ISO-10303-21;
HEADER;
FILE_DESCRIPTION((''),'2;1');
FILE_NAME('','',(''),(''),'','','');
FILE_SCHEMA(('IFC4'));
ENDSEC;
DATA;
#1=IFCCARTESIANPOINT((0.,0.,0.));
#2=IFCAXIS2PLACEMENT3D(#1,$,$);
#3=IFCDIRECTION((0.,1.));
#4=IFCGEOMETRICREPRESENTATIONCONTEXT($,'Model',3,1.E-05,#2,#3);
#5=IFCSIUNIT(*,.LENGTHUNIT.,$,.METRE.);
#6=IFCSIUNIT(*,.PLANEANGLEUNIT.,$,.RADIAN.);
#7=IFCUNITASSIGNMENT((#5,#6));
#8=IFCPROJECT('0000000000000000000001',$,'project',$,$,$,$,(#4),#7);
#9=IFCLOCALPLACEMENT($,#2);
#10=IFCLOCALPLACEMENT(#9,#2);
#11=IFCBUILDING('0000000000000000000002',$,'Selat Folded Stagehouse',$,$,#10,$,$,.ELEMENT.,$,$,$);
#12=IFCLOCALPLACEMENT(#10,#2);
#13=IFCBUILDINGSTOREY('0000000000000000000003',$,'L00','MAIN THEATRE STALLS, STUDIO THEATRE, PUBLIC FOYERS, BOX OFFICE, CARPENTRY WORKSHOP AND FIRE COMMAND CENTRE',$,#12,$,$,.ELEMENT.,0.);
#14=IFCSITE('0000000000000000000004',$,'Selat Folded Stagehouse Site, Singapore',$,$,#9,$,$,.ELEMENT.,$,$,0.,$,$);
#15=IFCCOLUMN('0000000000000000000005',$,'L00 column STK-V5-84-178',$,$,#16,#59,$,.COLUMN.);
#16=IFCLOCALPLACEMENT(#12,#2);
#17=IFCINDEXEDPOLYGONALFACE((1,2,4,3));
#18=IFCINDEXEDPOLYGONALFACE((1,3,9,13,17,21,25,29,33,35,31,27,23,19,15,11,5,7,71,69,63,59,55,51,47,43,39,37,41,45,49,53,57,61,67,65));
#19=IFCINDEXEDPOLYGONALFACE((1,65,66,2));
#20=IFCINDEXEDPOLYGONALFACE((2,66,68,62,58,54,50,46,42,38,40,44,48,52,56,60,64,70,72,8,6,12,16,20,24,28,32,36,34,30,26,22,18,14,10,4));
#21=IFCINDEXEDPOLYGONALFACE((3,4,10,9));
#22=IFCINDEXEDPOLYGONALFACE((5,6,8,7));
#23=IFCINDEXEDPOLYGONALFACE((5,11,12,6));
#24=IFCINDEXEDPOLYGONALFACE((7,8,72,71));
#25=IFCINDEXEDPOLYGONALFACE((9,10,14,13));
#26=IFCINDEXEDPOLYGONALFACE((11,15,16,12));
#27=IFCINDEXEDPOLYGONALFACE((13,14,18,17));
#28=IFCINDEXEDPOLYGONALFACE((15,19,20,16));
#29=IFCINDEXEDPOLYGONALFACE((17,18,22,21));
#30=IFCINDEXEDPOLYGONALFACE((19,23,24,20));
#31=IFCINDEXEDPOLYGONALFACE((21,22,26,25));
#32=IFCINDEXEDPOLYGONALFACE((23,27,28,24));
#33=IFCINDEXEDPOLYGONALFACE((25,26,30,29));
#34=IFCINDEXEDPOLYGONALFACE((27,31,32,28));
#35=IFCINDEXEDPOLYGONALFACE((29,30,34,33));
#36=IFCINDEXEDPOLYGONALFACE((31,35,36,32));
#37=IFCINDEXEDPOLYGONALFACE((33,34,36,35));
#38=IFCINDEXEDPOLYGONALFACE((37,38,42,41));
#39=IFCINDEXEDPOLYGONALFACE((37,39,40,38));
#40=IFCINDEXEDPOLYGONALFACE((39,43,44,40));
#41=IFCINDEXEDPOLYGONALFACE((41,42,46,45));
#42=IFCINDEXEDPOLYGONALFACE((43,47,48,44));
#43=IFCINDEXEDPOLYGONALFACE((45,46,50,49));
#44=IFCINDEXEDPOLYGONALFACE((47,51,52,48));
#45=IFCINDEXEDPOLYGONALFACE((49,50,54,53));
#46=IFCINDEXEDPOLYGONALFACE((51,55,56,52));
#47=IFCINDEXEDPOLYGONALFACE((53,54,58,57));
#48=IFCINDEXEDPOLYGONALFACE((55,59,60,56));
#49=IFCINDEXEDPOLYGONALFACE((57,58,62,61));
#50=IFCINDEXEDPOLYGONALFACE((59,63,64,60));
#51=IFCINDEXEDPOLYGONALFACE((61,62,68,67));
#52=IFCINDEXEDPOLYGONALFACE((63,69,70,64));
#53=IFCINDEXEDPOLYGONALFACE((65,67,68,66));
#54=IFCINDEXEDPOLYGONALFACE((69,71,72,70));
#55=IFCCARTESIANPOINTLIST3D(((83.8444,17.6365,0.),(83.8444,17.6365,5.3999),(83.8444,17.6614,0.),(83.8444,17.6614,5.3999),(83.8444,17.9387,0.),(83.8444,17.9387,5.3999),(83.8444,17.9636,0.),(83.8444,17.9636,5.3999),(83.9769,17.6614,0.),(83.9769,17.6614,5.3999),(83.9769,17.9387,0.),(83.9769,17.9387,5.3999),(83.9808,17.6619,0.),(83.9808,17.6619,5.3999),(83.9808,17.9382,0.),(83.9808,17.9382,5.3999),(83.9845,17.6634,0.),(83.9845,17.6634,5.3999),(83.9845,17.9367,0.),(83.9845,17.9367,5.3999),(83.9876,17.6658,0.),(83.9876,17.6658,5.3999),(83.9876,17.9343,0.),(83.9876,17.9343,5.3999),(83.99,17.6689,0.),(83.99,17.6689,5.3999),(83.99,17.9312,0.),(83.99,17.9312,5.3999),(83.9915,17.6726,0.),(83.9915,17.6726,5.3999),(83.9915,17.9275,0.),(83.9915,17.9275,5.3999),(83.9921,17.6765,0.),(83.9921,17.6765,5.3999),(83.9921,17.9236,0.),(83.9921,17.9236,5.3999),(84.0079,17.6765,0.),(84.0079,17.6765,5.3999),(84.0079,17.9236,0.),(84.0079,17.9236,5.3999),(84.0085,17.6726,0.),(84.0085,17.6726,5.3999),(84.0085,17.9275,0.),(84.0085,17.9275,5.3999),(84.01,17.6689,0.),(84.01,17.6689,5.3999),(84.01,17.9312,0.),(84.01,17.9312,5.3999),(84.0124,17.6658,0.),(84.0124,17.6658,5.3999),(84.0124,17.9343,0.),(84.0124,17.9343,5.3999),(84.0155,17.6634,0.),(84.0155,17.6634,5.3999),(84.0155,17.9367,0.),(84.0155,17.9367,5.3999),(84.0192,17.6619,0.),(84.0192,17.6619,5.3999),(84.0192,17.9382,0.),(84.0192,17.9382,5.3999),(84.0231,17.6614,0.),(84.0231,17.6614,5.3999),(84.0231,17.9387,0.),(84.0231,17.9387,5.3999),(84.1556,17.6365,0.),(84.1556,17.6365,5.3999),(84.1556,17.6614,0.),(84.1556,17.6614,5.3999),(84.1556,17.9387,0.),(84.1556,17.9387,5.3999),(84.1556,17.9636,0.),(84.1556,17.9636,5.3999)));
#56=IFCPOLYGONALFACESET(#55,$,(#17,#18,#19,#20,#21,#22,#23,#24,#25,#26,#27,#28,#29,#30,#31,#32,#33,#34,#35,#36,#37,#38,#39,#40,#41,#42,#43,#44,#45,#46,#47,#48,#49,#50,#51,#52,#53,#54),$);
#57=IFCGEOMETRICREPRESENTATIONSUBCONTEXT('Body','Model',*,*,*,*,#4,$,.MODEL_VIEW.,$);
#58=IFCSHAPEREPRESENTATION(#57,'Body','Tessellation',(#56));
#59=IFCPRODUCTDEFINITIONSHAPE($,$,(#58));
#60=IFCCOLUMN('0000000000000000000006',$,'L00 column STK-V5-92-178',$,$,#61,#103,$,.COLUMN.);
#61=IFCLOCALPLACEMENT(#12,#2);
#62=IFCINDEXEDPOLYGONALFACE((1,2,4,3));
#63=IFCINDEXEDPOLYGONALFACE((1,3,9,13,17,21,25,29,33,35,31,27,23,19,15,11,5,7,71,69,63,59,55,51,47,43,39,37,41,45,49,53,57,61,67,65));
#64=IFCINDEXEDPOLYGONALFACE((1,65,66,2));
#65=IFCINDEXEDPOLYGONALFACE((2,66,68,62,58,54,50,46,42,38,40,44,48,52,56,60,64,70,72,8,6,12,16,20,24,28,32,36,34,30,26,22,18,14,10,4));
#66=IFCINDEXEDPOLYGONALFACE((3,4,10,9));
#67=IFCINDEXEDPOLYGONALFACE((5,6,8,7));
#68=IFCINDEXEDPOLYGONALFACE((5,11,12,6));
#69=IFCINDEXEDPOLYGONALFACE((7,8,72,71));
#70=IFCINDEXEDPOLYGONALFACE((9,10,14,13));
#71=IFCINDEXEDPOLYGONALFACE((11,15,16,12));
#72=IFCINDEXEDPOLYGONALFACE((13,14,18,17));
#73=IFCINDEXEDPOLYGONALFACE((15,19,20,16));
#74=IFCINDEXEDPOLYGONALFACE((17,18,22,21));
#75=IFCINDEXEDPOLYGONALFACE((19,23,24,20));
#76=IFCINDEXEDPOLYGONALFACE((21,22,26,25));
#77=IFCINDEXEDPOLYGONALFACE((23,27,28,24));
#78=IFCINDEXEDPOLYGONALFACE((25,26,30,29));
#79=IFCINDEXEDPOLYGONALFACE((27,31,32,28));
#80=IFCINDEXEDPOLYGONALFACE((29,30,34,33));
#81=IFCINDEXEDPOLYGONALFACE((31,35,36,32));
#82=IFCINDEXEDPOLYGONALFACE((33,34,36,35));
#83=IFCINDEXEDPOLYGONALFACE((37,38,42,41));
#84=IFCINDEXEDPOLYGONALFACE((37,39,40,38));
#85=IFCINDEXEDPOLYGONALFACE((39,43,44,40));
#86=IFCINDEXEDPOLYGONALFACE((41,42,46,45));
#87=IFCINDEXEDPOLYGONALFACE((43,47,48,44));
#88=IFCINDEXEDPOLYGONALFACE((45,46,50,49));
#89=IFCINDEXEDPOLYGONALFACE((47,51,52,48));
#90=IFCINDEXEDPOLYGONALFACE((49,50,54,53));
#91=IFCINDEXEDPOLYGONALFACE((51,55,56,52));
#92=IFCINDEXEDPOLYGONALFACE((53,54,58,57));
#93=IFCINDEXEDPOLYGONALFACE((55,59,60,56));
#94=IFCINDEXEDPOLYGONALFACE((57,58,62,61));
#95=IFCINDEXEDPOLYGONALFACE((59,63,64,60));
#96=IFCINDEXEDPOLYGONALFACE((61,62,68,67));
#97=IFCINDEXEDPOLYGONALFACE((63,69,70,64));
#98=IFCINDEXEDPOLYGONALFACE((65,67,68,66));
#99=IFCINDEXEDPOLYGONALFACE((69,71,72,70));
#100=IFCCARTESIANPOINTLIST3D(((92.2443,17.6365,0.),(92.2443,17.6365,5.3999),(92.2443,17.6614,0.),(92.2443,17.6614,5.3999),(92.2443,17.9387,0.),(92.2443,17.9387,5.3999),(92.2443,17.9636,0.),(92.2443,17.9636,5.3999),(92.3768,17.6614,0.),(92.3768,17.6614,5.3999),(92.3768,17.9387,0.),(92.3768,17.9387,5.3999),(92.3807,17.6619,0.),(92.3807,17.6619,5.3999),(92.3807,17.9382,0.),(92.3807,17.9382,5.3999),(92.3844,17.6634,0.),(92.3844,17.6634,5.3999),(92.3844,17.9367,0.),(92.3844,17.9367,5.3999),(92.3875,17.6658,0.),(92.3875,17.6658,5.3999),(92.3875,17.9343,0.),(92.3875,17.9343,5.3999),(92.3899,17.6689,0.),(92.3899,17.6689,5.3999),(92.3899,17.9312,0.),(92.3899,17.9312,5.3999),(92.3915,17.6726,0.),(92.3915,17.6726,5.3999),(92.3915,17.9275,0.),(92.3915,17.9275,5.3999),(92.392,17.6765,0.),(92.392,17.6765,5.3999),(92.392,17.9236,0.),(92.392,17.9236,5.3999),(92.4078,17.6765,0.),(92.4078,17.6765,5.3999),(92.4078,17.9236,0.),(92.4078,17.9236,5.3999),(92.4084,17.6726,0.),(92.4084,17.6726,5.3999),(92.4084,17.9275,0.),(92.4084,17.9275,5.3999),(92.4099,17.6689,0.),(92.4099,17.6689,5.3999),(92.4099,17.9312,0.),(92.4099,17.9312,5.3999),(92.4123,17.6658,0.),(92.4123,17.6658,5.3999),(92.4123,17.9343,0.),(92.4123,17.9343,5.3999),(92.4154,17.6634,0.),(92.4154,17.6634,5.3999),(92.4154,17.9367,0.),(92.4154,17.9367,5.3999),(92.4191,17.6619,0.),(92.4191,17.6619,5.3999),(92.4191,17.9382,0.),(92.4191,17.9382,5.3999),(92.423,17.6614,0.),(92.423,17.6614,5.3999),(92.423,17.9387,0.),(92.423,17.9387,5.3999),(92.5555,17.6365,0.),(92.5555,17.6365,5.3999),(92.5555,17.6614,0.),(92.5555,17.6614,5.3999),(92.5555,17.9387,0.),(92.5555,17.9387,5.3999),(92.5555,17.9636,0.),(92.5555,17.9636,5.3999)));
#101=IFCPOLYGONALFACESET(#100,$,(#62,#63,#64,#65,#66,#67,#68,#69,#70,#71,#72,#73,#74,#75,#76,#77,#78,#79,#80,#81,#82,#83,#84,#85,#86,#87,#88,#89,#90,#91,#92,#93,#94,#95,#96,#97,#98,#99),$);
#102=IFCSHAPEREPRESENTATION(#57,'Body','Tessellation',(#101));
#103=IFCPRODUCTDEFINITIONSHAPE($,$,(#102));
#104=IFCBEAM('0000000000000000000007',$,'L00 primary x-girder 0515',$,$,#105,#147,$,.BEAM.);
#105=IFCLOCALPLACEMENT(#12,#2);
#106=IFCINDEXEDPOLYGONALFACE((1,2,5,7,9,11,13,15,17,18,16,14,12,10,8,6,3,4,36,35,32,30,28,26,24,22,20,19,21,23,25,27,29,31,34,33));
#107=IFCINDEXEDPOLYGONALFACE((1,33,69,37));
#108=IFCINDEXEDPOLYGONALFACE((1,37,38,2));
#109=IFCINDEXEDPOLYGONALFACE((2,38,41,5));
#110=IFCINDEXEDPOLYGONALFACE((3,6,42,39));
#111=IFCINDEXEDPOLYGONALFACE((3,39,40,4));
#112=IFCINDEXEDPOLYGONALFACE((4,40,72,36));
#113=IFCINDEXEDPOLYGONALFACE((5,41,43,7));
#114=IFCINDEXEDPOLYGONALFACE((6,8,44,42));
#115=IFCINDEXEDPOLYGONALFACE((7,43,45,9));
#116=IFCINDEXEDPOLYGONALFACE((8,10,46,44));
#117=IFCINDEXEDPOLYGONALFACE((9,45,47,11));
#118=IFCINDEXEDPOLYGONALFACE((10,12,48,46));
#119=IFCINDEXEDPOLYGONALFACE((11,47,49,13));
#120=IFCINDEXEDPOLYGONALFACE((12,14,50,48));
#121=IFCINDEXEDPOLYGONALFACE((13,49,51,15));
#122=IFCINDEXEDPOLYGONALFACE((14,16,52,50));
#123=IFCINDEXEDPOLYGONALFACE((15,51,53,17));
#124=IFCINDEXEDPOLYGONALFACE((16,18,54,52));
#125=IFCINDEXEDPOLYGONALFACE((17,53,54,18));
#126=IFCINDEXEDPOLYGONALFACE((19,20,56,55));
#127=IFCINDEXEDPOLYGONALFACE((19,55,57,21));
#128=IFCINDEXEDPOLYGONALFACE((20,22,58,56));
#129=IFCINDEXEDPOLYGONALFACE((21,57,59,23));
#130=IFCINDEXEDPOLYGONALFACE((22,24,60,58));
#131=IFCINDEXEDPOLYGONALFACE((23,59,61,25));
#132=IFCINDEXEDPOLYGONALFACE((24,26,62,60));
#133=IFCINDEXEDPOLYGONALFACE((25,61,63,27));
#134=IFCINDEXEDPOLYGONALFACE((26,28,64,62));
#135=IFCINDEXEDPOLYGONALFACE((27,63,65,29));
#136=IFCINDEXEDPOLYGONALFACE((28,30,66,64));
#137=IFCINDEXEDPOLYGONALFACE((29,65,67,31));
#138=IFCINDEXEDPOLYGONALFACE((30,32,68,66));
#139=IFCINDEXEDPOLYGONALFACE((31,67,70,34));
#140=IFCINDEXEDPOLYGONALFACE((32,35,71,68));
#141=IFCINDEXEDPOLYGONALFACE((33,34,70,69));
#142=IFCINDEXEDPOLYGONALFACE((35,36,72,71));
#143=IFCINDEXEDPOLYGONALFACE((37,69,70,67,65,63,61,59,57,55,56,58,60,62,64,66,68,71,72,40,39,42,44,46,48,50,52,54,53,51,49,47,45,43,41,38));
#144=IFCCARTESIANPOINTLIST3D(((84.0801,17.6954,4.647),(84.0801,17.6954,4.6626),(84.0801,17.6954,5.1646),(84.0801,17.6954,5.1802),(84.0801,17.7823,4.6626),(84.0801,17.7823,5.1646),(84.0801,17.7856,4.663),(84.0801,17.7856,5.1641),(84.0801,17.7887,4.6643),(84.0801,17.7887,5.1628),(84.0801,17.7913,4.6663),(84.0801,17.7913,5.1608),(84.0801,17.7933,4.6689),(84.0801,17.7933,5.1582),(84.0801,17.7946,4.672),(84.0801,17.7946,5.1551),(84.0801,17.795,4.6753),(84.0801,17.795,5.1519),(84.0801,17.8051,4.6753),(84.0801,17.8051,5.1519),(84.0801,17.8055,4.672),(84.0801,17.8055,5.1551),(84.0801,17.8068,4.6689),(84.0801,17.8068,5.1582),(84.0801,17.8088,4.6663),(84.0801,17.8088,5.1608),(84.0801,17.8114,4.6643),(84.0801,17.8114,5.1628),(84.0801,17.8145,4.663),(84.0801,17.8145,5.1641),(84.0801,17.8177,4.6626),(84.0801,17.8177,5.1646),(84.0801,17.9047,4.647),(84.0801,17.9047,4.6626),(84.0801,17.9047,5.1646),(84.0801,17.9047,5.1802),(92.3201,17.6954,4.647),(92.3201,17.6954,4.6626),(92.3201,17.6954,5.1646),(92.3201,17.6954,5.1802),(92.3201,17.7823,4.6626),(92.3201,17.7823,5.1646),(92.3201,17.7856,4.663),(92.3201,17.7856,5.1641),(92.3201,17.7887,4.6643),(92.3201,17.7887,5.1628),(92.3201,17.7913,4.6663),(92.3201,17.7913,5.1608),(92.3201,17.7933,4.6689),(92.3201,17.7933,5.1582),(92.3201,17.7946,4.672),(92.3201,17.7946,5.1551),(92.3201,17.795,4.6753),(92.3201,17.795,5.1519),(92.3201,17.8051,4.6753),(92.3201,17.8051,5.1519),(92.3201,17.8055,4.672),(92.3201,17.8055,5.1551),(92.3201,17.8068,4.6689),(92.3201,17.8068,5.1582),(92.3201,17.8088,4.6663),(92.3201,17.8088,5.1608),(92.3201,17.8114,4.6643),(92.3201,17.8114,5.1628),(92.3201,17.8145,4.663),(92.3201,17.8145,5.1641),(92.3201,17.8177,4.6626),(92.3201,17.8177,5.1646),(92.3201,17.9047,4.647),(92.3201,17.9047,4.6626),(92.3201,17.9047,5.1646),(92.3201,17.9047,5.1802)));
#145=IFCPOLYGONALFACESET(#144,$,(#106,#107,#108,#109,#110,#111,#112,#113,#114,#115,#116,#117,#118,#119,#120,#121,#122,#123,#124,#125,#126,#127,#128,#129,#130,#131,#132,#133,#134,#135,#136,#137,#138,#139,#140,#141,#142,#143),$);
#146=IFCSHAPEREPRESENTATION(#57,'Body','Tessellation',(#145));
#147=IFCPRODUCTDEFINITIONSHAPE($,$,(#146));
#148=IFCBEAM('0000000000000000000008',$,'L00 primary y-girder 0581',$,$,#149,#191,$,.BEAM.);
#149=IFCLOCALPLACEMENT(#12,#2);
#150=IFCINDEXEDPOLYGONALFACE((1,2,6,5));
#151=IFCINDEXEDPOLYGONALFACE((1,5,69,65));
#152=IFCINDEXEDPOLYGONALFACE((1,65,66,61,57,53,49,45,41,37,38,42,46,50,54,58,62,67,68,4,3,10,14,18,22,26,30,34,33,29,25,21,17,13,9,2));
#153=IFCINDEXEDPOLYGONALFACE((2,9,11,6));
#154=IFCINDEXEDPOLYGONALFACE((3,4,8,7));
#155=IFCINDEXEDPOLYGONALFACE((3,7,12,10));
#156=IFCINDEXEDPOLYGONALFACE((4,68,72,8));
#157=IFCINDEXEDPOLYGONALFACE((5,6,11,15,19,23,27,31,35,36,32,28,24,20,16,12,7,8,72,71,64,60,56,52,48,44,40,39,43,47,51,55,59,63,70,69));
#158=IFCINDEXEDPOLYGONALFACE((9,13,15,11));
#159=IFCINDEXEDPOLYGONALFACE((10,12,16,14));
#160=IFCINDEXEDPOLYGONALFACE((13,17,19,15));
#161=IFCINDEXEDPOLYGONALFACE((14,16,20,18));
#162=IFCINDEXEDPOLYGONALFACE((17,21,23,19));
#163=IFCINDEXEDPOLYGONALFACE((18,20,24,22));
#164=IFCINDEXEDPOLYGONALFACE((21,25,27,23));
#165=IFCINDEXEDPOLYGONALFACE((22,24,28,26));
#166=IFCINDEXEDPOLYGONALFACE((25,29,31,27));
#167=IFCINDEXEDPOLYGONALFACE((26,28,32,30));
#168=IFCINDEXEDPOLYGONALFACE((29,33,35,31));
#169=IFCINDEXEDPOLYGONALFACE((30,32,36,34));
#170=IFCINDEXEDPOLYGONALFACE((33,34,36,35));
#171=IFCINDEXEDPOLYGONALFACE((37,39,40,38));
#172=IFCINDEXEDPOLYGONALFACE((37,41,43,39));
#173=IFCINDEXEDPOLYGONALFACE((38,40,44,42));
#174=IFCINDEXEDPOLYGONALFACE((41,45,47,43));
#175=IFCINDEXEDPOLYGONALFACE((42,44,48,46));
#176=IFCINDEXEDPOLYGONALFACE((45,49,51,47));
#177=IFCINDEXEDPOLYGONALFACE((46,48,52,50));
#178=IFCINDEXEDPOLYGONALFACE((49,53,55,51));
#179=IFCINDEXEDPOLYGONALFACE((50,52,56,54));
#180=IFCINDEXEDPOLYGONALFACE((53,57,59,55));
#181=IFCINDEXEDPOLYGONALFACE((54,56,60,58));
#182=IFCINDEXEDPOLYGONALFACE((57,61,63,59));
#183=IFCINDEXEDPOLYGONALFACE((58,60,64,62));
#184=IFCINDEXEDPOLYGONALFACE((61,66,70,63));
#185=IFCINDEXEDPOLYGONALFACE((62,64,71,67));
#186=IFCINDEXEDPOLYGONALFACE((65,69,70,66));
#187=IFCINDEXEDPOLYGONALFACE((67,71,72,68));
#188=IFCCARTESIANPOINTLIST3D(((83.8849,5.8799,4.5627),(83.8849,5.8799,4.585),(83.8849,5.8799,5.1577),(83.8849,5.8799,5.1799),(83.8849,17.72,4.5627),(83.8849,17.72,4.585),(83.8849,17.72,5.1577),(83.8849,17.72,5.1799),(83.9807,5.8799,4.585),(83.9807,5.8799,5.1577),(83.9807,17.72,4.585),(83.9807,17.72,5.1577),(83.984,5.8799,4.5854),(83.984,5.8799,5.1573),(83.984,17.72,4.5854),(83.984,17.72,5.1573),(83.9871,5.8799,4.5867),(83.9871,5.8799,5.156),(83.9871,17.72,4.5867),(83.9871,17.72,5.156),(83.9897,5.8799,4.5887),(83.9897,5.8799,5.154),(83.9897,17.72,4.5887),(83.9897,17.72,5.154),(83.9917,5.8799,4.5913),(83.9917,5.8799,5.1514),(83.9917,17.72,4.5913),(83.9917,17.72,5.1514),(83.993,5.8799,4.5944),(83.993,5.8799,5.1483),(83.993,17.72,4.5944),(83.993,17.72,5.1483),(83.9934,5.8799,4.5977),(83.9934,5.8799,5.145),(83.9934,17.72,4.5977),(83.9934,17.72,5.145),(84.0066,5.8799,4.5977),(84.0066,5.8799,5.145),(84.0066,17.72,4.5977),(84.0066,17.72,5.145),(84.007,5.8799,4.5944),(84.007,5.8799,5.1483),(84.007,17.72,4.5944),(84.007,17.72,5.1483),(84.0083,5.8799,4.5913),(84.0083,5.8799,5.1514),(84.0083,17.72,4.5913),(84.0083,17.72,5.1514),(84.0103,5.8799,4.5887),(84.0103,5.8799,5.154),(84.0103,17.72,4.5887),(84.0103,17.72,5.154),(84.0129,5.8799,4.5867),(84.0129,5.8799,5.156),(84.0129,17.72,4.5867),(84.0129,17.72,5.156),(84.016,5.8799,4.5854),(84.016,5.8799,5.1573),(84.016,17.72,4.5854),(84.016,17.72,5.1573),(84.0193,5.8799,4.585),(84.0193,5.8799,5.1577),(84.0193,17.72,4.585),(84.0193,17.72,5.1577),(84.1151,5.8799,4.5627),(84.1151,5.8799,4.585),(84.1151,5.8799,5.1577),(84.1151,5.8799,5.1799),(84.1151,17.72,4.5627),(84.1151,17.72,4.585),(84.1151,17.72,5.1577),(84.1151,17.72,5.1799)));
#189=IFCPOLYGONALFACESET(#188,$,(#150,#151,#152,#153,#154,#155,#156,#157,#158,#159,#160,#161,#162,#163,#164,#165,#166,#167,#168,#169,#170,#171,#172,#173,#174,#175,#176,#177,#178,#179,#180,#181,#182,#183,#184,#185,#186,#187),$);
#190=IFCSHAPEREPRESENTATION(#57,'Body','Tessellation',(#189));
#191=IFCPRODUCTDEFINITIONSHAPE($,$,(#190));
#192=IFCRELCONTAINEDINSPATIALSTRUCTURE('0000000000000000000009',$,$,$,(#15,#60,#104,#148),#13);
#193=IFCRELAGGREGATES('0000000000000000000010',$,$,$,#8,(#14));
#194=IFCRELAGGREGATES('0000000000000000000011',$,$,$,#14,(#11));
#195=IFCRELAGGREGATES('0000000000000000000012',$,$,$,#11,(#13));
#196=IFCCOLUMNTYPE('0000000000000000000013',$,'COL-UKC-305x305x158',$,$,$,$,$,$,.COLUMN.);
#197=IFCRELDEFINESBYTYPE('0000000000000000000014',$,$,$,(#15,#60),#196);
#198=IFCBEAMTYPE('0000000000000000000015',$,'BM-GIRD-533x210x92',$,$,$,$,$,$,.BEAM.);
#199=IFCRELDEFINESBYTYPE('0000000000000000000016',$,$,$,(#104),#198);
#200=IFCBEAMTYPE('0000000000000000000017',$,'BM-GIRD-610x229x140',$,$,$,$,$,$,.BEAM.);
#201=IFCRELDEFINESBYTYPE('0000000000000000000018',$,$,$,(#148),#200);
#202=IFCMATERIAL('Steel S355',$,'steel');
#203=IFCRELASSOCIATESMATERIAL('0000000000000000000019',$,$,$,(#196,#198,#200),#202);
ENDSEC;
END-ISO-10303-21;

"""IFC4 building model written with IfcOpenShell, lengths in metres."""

from ifc_helpers import new_model, si_unit, direction, frame, origin, origin_2d, place, context, subcontext, project, spatial, i_section, extrude, material, material_profile, profile_set, type_object, element, save


model = new_model("IFC4")

# Units and contexts
model_context = context("Model", 3, precision=1e-05, world=origin(), true_north=direction((0.0, 1.0)))
body_context = subcontext(model_context, "Body", "Model", "MODEL_VIEW")
ifc_project = project(units=[si_unit("LENGTHUNIT", "METRE"), si_unit("PLANEANGLEUNIT", "RADIAN")], contexts=[model_context])

# Site, building, storey
site_placement = place(None, origin())
site = spatial("IfcSite", under=ifc_project, at=site_placement, Name="Selat Folded Stagehouse Site, Singapore", CompositionType="ELEMENT", RefElevation=0.0)
building_placement = place(site_placement, origin())
building = spatial("IfcBuilding", under=site, at=building_placement, Name="Selat Folded Stagehouse", CompositionType="ELEMENT")
storey_placement = place(building_placement, origin())
storey = spatial("IfcBuildingStorey", under=building, at=storey_placement, Name="L00", Description="MAIN THEATRE STALLS, STUDIO THEATRE, PUBLIC FOYERS, BOX OFFICE, CARPENTRY WORKSHOP AND FIRE COMMAND CENTRE", CompositionType="ELEMENT", Elevation=0.0)

# Columns
ifc_material_1 = material(Name="Steel S355", Category="steel")
ifc_material_profile_1 = material_profile(ifc_material_1, i_section(OverallWidth=0.3113, OverallDepth=0.3271, WebThickness=0.0159, FlangeThickness=0.0249, FilletRadius=0.0151, at=origin_2d()), Name="UKC 305x305x158")
ifc_profile_set_1 = profile_set([ifc_material_profile_1], Name="Steel S355")
column_type = type_object("IfcColumnType", Name="COL-UKC-305x305x158", PredefinedType="COLUMN", material=ifc_profile_set_1)
for number, where, z_axis, x_axis, name in (
    (1, (84.0, 17.8, 0.0), (0.0, 0.0, 1.0), (1.0, 0.0, 0.0), "L00 column STK-V5-84-178"),
    (2, (92.3999, 17.8, 0.0), (0.0, 0.0, 1.0), (1.0, 0.0, 0.0), "L00 column STK-V5-92-178"),
):
    element("IfcColumn", number, at=place(storey_placement, frame(where, z_axis=z_axis, x_axis=x_axis)), inside=storey, type_object=column_type, Name=name, PredefinedType="COLUMN", context=body_context, shape_type="SweptSolid", body=[
        extrude(i_section(OverallWidth=0.3113, OverallDepth=0.3271, WebThickness=0.0159, FlangeThickness=0.0249, FilletRadius=0.0151, at=origin_2d()), origin(), (0.0, 0.0, 1.0), 5.3999),
    ])

# Beams
ifc_material_profile_2 = material_profile(ifc_material_1, i_section(OverallWidth=0.2092, OverallDepth=0.5332, WebThickness=0.01, FlangeThickness=0.0156, FilletRadius=0.0127, at=origin_2d()), Name="UKB 533x210x92")
ifc_profile_set_2 = profile_set([ifc_material_profile_2], Name="Steel S355")
beam_type_1 = type_object("IfcBeamType", Name="BM-GIRD-533x210x92", PredefinedType="BEAM", material=ifc_profile_set_2)
beam_placement = place(storey_placement, frame((84.0801, 17.8, 4.9136), z_axis=(1.0, 0.0, 0.0), x_axis=(0.0, 1.0, 0.0)))
element("IfcBeam", 3, at=beam_placement, inside=storey, type_object=beam_type_1, Name="L00 primary x-girder 0515", PredefinedType="BEAM", context=body_context, shape_type="SweptSolid", body=[
    extrude(i_section(OverallWidth=0.2092, OverallDepth=0.5332, WebThickness=0.01, FlangeThickness=0.0156, FilletRadius=0.0127, at=origin_2d()), origin(), (0.0, 0.0, 1.0), 8.24),
])
ifc_material_profile_3 = material_profile(ifc_material_1, i_section(OverallWidth=0.2302, OverallDepth=0.6172, WebThickness=0.0132, FlangeThickness=0.0222, FilletRadius=0.0127, at=origin_2d()), Name="UKB 610x229x140")
ifc_profile_set_3 = profile_set([ifc_material_profile_3], Name="Steel S355")
beam_type_2 = type_object("IfcBeamType", Name="BM-GIRD-610x229x140", PredefinedType="BEAM", material=ifc_profile_set_3)
for number, where, z_axis, x_axis, name in (
    (4, (84.0, 5.8799, 4.8713), (0.0, 1.0, 0.0), (-1.0, 0.0, 0.0), "L00 primary y-girder 0581"),
):
    element("IfcBeam", number, at=place(storey_placement, frame(where, z_axis=z_axis, x_axis=x_axis)), inside=storey, type_object=beam_type_2, Name=name, PredefinedType="BEAM", context=body_context, shape_type="SweptSolid", body=[
        extrude(i_section(OverallWidth=0.2302, OverallDepth=0.6172, WebThickness=0.0132, FlangeThickness=0.0222, FilletRadius=0.0127, at=origin_2d()), origin(), (0.0, 0.0, 1.0), 11.8401),
    ])

save(model, "model.ifc")
